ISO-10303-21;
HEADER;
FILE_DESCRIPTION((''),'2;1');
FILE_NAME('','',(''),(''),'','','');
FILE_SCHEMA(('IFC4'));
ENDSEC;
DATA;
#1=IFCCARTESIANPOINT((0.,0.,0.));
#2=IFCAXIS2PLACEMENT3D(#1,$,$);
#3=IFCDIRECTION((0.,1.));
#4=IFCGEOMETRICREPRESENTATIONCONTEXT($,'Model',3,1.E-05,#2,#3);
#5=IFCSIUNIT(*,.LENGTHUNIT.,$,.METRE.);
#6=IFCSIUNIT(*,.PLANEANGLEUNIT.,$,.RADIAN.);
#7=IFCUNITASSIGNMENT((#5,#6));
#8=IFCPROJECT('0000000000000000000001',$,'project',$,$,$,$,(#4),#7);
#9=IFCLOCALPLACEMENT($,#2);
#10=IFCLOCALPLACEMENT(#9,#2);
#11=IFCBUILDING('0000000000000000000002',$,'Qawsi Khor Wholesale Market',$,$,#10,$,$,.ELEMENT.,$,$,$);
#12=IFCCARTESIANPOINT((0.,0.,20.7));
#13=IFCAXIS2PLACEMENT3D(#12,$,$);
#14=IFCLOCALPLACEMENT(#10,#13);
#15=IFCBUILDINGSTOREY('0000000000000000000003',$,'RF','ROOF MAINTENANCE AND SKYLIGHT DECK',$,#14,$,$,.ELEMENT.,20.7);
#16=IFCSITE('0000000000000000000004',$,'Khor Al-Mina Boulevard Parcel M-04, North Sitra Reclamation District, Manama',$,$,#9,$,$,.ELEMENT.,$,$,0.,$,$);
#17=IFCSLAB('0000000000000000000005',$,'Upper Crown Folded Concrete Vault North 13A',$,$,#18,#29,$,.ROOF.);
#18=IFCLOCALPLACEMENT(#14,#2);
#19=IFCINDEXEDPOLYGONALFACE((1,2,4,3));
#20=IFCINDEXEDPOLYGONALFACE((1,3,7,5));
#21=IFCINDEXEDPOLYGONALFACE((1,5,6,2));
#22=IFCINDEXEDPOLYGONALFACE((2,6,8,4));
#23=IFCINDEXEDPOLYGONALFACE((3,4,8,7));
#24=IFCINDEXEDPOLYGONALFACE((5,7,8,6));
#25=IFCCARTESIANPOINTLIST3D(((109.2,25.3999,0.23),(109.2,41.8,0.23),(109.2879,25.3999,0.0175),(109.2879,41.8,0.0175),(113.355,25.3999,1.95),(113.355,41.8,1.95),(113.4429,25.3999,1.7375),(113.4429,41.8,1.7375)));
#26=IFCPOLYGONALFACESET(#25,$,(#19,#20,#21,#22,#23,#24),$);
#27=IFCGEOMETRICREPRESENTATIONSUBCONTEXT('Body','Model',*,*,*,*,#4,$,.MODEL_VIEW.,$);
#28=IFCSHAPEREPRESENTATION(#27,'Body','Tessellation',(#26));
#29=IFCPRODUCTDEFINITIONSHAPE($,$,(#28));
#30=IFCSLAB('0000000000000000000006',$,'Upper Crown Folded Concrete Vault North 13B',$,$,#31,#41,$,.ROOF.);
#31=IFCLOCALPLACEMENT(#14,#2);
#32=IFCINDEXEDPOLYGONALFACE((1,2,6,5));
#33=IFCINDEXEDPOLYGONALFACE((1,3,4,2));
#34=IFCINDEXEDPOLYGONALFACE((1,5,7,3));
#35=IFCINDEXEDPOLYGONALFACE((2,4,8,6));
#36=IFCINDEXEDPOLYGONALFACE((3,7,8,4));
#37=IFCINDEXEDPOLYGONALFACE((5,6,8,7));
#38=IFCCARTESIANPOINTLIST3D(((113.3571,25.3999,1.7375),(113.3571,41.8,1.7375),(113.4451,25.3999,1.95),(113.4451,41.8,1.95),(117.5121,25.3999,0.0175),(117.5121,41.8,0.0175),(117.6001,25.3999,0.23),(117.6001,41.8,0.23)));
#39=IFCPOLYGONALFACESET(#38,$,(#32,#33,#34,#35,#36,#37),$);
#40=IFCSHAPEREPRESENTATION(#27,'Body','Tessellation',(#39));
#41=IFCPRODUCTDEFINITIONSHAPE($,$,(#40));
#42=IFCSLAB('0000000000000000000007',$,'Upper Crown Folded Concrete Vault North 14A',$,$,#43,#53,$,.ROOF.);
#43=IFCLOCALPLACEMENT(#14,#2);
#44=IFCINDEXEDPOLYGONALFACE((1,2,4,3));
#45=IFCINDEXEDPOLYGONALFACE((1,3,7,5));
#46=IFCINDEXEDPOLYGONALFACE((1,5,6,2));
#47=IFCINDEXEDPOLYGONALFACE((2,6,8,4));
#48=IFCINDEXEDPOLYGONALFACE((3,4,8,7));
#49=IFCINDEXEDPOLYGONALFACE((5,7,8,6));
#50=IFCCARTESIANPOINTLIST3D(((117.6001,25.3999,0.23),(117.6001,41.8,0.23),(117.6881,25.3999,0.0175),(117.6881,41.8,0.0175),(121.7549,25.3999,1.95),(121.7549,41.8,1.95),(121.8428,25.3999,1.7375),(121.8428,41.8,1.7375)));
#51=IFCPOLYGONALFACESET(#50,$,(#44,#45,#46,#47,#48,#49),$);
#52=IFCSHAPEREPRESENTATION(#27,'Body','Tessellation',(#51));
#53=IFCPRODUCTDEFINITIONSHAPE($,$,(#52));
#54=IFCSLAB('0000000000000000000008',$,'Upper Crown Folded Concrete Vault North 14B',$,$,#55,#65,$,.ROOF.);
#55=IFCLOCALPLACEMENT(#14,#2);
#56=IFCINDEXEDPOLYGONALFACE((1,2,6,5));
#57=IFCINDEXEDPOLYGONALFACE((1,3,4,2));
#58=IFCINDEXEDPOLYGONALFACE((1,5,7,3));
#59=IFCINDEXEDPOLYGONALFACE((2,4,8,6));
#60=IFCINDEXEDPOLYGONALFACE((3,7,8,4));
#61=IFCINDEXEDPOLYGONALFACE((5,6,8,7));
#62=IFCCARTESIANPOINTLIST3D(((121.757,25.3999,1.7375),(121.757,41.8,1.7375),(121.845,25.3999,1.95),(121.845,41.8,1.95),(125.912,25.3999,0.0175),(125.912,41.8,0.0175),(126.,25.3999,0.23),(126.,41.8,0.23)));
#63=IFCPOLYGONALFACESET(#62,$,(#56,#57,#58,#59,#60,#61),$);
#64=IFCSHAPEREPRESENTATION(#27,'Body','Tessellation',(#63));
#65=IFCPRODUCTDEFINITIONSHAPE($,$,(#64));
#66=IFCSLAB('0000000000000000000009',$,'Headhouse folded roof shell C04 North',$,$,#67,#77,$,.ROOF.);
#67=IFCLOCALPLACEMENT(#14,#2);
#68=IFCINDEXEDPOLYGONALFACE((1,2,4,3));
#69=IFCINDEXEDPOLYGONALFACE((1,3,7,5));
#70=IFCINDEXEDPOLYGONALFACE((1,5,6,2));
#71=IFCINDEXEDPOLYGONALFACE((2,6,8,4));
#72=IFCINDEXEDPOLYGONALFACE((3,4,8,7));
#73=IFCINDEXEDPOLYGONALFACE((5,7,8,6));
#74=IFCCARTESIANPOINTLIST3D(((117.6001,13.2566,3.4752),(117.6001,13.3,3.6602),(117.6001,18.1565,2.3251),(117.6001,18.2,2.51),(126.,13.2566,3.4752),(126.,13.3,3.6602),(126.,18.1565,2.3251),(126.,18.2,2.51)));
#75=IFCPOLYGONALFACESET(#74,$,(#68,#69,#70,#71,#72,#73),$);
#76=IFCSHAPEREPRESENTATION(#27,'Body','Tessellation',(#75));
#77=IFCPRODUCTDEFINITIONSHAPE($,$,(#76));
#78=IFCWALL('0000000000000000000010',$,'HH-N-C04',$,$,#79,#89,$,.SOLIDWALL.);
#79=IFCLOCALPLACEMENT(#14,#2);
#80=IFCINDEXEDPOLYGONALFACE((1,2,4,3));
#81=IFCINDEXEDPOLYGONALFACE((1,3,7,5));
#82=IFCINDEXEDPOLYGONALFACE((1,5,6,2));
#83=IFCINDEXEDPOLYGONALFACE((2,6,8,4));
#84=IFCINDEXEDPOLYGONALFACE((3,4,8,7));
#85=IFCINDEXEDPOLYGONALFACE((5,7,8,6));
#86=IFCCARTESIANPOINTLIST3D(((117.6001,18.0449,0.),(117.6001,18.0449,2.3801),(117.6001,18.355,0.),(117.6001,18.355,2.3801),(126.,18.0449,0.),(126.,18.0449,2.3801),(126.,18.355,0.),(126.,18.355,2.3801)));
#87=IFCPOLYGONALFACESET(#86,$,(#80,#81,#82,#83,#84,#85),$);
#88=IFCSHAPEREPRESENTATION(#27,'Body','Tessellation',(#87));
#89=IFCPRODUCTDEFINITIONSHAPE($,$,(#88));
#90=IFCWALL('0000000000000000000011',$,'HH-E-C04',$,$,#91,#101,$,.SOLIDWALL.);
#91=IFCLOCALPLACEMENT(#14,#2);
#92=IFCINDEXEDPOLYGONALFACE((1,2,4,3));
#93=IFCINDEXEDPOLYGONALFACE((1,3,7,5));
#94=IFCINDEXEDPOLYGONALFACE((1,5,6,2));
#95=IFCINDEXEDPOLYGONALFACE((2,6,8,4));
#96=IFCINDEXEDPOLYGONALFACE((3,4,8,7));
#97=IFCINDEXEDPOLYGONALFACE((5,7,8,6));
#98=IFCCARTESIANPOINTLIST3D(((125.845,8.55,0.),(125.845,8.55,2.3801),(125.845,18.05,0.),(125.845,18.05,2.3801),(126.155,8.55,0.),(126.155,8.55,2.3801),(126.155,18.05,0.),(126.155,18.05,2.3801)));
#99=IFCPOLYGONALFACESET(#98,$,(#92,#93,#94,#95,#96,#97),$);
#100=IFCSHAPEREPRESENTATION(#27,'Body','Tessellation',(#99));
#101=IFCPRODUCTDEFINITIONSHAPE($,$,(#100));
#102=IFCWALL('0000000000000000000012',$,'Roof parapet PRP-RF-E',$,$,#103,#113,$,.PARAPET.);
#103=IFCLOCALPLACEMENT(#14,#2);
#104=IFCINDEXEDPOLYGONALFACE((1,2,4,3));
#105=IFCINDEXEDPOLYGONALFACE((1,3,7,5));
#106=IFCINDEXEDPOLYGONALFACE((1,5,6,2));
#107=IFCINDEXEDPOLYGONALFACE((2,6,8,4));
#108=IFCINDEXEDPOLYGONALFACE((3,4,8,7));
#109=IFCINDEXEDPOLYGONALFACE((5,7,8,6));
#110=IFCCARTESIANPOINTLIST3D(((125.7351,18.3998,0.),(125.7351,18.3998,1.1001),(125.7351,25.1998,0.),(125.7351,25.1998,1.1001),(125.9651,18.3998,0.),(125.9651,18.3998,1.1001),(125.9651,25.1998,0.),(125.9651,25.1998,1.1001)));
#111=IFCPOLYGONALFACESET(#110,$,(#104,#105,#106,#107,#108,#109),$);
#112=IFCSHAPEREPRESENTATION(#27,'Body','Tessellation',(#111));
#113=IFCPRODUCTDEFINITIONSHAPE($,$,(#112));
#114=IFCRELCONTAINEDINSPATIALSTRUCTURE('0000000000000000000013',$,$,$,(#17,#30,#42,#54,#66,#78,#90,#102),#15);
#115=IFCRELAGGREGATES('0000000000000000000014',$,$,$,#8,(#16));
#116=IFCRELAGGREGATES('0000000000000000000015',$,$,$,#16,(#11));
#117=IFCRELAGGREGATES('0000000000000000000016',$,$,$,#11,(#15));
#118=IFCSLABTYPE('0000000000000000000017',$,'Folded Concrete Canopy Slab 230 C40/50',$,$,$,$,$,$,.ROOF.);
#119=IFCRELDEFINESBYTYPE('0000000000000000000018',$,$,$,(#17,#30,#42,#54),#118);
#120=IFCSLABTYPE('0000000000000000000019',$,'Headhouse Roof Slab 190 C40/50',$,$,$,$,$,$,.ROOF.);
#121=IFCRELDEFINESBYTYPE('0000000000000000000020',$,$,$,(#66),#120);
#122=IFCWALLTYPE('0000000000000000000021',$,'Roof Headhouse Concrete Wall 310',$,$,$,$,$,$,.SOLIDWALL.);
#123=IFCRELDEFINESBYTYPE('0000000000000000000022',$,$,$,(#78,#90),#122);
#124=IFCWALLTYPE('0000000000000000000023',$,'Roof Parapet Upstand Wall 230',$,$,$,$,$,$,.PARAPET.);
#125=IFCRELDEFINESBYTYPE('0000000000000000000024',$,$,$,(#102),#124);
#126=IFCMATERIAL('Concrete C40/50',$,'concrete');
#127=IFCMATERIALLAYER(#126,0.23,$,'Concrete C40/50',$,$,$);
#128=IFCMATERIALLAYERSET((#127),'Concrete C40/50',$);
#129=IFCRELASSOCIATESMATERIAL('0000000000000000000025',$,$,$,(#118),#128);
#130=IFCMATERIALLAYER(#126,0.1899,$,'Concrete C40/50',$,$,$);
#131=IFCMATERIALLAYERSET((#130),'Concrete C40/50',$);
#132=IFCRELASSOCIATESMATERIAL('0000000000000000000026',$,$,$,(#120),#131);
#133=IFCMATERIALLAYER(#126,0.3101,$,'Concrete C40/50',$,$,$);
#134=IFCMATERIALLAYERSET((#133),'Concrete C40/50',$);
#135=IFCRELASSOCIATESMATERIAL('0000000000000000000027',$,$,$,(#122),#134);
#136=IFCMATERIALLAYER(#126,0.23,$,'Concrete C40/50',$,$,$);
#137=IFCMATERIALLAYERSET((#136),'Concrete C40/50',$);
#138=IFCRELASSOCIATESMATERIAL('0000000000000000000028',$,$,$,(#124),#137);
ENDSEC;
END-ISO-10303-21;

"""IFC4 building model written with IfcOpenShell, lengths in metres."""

from ifc_helpers import new_model, si_unit, direction, frame, frame_2d, origin, place, context, subcontext, project, spatial, polyline, rectangle, outline, extrude, material, layer, layer_set, type_object, element, save


model = new_model("IFC4")

# Units and contexts
model_context = context("Model", 3, precision=1e-05, world=origin(), true_north=direction((0.0, 1.0)))
body_context = subcontext(model_context, "Body", "Model", "MODEL_VIEW")
ifc_project = project(units=[si_unit("LENGTHUNIT", "METRE"), si_unit("PLANEANGLEUNIT", "RADIAN")], contexts=[model_context])

# Site, building, storey
site_placement = place(None, origin())
site = spatial("IfcSite", under=ifc_project, at=site_placement, Name="Khor Al-Mina Boulevard Parcel M-04, North Sitra Reclamation District, Manama", CompositionType="ELEMENT", RefElevation=0.0)
building_placement = place(site_placement, origin())
building = spatial("IfcBuilding", under=site, at=building_placement, Name="Qawsi Khor Wholesale Market", CompositionType="ELEMENT")
storey_placement = place(building_placement, frame((0.0, 0.0, 20.7)))
storey = spatial("IfcBuildingStorey", under=building, at=storey_placement, Name="RF", Description="ROOF MAINTENANCE AND SKYLIGHT DECK", CompositionType="ELEMENT", Elevation=20.7)

# Slabs
ifc_material_1 = material(Name="Concrete C40/50", Category="concrete")
ifc_layer_1 = layer(ifc_material_1, 0.23, Name="Concrete C40/50")
ifc_layer_set_1 = layer_set([ifc_layer_1], Name="Concrete C40/50")
slab_type_1 = type_object("IfcSlabType", Name="Folded Concrete Canopy Slab 230 C40/50", PredefinedType="ROOF", material=ifc_layer_set_1)
for number, where, z_axis, x_axis, name in (
    (1, (109.2, 25.3999, 0.23), (-0.382475, 0.0, 0.923966), (0.923966, 0.0, 0.382475), "Upper Crown Folded Concrete Vault North 13A"),
    (2, (113.4451, 25.3999, 1.95), (0.382475, 0.0, 0.923966), (0.923966, 0.0, -0.382475), "Upper Crown Folded Concrete Vault North 13B"),
):
    element("IfcSlab", number, at=place(storey_placement, frame(where, z_axis=z_axis, x_axis=x_axis)), inside=storey, type_object=slab_type_1, Name=name, PredefinedType="ROOF", context=body_context, shape_type="SweptSolid", body=[
        extrude(outline(polyline([(0.0, 0.0), (4.497, 0.0), (4.497, 16.4001), (0.0, 16.4001), (0.0, 0.0)])), origin(), (0.0, 0.0, -1.0), 0.23),
    ])
slab_1_placement = place(storey_placement, frame((117.6001, 25.3999, 0.23), z_axis=(-0.382494, 0.0, 0.923958), x_axis=(0.923958, 0.0, 0.382494)))
element("IfcSlab", 3, at=slab_1_placement, inside=storey, type_object=slab_type_1, Name="Upper Crown Folded Concrete Vault North 14A", PredefinedType="ROOF", context=body_context, shape_type="SweptSolid", body=[
    extrude(outline(polyline([(0.0, 0.0), (4.4967, 0.0), (4.4967, 16.4001), (0.0, 16.4001), (0.0, 0.0)])), origin(), (0.0, 0.0, -1.0), 0.23),
])
slab_2_placement = place(storey_placement, frame((121.845, 25.3999, 1.95), z_axis=(0.382475, 0.0, 0.923966), x_axis=(0.923966, 0.0, -0.382475)))
element("IfcSlab", 4, at=slab_2_placement, inside=storey, type_object=slab_type_1, Name="Upper Crown Folded Concrete Vault North 14B", PredefinedType="ROOF", context=body_context, shape_type="SweptSolid", body=[
    extrude(outline(polyline([(0.0, 0.0), (4.497, 0.0), (4.497, 16.4001), (0.0, 16.4001), (0.0, 0.0)])), origin(), (0.0, 0.0, -1.0), 0.23),
])
ifc_layer_2 = layer(ifc_material_1, 0.1899, Name="Concrete C40/50")
ifc_layer_set_2 = layer_set([ifc_layer_2], Name="Concrete C40/50")
slab_type_2 = type_object("IfcSlabType", Name="Headhouse Roof Slab 190 C40/50", PredefinedType="ROOF", material=ifc_layer_set_2)
slab_3_placement = place(storey_placement, frame((117.6001, 13.3, 3.6602), z_axis=(0.0, 0.228517, 0.97354), x_axis=(1.0, 0.0, 0.0)))
element("IfcSlab", 5, at=slab_3_placement, inside=storey, type_object=slab_type_2, Name="Headhouse folded roof shell C04 North", PredefinedType="ROOF", context=body_context, shape_type="SweptSolid", body=[
    extrude(outline(polyline([(0.0, 0.0), (8.3999, 0.0), (8.3999, 5.0331), (0.0, 5.0331), (0.0, 0.0)])), origin(), (0.0, 0.0, -1.0), 0.1899),
])

# Walls
ifc_layer_3 = layer(ifc_material_1, 0.3101, Name="Concrete C40/50")
ifc_layer_set_3 = layer_set([ifc_layer_3], Name="Concrete C40/50")
wall_type_1 = type_object("IfcWallType", Name="Roof Headhouse Concrete Wall 310", PredefinedType="SOLIDWALL", material=ifc_layer_set_3)
wall_1_placement = place(storey_placement, frame((117.6001, 18.2, 0.0), z_axis=(0.0, 0.0, 1.0), x_axis=(1.0, 0.0, 0.0)))
element("IfcWall", 6, at=wall_1_placement, inside=storey, type_object=wall_type_1, Name="HH-N-C04", PredefinedType="SOLIDWALL", context=body_context, shape_type="SweptSolid", body=[
    extrude(rectangle(XDim=8.3999, YDim=0.3101, at=frame_2d((4.2, 0.0))), origin(), (0.0, 0.0, 1.0), 2.3801),
])
wall_2_placement = place(storey_placement, frame((126.0, 18.05, 0.0), z_axis=(0.0, 0.0, 1.0), x_axis=(0.0, -1.0, 0.0)))
element("IfcWall", 7, at=wall_2_placement, inside=storey, type_object=wall_type_1, Name="HH-E-C04", PredefinedType="SOLIDWALL", context=body_context, shape_type="SweptSolid", body=[
    extrude(rectangle(XDim=9.5, YDim=0.3101, at=frame_2d((4.75, 0.0))), origin(), (0.0, 0.0, 1.0), 2.3801),
])
ifc_layer_4 = layer(ifc_material_1, 0.23, Name="Concrete C40/50")
ifc_layer_set_4 = layer_set([ifc_layer_4], Name="Concrete C40/50")
wall_type_2 = type_object("IfcWallType", Name="Roof Parapet Upstand Wall 230", PredefinedType="PARAPET", material=ifc_layer_set_4)
wall_3_placement = place(storey_placement, frame((125.8501, 18.3999, 0.0), z_axis=(0.0, 0.0, 1.0), x_axis=(0.0, 1.0, 0.0)))
element("IfcWall", 8, at=wall_3_placement, inside=storey, type_object=wall_type_2, Name="Roof parapet PRP-RF-E", PredefinedType="PARAPET", context=body_context, shape_type="SweptSolid", body=[
    extrude(rectangle(XDim=6.8, YDim=0.23, at=frame_2d((3.3999, 0.0))), origin(), (0.0, 0.0, 1.0), 1.1001),
])

save(model, "model.ifc")
